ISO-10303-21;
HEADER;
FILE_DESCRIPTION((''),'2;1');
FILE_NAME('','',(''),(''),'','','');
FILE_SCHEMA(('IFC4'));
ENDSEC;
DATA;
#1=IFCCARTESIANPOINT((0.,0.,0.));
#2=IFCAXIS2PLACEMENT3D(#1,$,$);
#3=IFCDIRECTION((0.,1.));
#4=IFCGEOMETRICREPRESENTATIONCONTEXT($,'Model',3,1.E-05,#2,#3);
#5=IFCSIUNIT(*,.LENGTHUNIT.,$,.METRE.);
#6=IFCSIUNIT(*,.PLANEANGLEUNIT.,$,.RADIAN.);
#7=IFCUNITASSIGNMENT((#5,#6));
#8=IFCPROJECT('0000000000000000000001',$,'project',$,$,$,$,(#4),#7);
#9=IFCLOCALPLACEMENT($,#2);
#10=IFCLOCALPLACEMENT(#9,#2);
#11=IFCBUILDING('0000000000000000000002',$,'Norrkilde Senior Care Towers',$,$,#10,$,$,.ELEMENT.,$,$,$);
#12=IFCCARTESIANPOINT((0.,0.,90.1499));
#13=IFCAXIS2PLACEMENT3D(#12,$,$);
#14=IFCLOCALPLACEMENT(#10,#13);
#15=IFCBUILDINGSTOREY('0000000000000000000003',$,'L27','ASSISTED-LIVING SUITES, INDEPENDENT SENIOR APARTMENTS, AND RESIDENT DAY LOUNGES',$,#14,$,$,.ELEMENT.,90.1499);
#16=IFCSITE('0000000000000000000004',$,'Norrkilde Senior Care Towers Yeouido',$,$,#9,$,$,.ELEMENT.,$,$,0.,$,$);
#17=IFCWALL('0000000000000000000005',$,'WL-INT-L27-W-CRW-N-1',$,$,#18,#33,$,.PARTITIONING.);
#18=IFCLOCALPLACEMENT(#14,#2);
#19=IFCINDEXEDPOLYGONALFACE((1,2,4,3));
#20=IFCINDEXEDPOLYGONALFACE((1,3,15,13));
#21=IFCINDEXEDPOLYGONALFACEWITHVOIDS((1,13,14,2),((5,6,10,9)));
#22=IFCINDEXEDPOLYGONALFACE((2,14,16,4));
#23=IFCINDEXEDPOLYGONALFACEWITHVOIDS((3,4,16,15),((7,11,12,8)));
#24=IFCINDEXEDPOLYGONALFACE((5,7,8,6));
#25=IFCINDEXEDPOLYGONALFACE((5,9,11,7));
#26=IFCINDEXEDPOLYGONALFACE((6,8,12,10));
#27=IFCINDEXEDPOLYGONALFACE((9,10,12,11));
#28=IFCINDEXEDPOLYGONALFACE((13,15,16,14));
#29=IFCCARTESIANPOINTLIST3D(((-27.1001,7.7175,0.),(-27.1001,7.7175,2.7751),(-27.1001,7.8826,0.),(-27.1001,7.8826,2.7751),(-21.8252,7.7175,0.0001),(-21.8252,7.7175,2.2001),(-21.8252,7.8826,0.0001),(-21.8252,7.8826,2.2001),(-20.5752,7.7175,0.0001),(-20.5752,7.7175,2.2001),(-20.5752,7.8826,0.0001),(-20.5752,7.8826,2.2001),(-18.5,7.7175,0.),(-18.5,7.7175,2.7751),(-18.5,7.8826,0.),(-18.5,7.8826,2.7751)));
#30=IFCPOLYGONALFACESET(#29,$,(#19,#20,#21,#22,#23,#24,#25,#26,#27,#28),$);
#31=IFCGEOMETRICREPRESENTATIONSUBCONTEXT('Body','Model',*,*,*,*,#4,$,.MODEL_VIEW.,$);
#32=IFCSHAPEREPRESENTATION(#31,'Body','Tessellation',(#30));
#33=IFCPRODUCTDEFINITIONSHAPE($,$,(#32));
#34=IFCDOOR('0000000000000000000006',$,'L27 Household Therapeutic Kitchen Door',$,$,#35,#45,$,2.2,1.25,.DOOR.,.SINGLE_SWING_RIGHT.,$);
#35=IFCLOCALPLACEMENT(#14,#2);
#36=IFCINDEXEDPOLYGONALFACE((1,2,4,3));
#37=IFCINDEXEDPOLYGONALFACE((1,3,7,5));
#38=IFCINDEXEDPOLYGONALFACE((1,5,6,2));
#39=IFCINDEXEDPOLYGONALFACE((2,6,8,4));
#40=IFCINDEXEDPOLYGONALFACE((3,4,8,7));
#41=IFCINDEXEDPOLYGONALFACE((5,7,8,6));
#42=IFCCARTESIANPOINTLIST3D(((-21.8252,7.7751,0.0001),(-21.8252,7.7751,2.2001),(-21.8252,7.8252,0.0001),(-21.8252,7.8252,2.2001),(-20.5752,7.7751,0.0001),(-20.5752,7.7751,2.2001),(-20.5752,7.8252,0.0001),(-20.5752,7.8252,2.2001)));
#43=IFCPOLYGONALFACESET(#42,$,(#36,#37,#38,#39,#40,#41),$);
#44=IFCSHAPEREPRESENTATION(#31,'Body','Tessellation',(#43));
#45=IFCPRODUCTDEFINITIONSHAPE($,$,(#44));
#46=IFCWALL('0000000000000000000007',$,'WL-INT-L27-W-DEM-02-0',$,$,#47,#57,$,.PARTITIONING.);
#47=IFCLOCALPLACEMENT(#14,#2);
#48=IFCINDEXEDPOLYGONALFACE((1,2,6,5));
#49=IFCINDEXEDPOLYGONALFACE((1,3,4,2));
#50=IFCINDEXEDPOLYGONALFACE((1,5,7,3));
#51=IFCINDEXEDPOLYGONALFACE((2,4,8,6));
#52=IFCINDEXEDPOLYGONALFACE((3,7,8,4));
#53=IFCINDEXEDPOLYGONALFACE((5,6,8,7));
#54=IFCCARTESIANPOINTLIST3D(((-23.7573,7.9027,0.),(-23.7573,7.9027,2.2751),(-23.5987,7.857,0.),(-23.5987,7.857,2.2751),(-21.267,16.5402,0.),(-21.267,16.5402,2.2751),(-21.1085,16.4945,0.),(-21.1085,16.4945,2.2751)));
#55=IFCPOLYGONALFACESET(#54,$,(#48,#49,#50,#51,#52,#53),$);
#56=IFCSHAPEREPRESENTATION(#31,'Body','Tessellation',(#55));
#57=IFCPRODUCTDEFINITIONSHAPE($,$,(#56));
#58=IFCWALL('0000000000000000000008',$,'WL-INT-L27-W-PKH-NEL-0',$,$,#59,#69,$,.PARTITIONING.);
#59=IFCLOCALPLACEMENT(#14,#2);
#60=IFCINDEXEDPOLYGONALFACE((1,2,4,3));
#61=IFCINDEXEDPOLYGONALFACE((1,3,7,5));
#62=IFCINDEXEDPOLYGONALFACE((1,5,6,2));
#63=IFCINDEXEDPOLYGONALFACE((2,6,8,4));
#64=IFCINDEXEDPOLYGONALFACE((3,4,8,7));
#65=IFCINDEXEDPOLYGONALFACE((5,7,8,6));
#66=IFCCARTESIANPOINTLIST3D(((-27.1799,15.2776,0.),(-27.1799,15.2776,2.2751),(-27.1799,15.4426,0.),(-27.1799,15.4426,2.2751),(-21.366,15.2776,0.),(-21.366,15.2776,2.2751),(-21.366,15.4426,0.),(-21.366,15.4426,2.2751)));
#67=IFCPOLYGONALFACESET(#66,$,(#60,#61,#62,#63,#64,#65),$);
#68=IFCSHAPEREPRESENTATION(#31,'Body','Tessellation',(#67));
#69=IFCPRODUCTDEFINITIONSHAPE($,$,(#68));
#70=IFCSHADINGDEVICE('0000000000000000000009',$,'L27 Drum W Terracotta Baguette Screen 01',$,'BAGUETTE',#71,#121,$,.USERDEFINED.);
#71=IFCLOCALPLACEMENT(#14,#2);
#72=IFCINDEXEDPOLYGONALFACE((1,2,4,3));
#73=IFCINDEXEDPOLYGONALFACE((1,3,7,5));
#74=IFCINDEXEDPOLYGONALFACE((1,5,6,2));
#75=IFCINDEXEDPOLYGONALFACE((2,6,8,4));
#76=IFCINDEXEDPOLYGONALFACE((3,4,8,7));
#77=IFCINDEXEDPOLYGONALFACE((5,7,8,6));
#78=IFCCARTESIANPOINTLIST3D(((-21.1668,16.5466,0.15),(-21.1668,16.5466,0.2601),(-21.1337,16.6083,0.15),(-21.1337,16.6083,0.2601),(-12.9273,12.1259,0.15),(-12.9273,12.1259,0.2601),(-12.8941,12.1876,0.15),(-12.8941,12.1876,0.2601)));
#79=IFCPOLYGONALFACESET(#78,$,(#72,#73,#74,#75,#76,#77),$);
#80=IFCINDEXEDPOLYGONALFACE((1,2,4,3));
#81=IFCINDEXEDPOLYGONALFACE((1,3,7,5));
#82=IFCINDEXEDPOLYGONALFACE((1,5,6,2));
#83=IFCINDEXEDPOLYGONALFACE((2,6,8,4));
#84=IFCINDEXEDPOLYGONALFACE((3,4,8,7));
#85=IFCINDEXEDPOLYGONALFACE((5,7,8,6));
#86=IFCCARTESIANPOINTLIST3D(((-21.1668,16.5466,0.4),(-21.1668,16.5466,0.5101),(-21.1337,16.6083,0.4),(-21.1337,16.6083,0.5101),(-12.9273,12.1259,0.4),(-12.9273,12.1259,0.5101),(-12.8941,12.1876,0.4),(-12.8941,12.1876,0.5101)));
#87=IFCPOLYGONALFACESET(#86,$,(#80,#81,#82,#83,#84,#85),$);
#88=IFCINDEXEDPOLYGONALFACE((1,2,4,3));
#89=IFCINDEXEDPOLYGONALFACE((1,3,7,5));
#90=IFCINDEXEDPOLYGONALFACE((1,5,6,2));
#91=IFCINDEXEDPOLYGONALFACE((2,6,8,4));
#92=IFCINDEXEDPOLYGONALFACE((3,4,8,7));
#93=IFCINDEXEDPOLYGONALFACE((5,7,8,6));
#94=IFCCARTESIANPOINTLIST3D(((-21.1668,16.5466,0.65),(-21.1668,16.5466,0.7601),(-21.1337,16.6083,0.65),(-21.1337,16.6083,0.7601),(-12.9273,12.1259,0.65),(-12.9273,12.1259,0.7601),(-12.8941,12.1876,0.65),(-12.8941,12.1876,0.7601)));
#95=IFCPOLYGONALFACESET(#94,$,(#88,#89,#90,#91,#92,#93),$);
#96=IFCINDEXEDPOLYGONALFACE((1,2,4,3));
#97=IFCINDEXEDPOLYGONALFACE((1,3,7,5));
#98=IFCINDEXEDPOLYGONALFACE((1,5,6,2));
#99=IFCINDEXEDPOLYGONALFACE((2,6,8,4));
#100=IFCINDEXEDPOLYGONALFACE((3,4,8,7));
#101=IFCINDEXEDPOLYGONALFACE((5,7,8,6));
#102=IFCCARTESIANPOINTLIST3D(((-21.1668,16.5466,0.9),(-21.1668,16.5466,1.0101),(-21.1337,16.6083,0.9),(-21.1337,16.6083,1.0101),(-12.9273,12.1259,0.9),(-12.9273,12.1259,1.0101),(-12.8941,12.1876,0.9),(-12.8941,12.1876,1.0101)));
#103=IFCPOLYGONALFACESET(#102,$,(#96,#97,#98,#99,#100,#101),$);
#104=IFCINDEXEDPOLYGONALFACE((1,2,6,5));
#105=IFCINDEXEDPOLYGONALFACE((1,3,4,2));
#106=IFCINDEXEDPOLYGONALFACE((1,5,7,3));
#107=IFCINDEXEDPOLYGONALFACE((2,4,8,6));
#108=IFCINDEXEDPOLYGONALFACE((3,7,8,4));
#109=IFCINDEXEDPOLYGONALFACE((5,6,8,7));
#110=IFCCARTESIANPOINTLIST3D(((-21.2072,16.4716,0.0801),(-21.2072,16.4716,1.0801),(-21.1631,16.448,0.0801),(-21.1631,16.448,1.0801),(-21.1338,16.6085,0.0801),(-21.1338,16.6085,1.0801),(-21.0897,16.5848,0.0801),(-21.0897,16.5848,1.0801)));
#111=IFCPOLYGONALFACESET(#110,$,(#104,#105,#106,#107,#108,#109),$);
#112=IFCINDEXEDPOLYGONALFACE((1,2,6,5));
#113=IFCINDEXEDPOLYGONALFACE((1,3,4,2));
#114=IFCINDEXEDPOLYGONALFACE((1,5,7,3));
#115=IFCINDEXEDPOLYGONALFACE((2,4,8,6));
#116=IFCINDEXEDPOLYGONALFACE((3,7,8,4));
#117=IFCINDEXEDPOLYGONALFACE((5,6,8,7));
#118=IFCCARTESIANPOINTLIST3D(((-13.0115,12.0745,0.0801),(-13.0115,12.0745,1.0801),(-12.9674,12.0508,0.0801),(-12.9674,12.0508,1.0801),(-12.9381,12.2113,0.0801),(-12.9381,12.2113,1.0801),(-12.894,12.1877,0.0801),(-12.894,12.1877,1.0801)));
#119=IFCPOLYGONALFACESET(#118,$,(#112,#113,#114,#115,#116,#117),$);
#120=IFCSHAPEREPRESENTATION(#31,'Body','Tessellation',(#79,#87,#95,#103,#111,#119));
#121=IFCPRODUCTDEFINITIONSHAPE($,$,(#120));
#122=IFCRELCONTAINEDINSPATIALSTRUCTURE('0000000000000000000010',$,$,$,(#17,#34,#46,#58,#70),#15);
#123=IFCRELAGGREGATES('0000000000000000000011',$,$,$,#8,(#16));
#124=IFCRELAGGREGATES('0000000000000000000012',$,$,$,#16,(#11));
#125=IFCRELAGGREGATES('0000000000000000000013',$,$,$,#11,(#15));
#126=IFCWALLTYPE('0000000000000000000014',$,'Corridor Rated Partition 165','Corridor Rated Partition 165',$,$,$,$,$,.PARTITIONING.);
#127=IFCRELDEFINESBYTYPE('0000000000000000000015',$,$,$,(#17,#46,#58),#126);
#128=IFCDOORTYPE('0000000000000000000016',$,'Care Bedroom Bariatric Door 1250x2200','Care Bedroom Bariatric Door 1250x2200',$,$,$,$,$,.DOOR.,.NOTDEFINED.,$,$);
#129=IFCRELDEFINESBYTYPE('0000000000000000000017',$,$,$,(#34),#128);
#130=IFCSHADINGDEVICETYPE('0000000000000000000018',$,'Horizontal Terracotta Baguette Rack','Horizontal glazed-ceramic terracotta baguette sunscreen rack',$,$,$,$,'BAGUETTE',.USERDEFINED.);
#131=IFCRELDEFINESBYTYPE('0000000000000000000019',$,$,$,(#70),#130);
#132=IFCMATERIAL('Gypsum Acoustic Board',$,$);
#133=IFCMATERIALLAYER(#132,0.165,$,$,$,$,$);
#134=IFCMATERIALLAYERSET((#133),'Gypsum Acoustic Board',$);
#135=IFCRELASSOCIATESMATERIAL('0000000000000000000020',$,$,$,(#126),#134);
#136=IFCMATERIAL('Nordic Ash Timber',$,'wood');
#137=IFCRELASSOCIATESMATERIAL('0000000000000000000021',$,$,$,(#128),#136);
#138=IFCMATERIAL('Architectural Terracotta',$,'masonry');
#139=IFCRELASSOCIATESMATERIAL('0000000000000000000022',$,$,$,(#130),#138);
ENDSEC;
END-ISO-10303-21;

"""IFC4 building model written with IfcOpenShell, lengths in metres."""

from ifc_helpers import new_model, si_unit, direction, frame, frame_2d, origin, origin_2d, place, context, subcontext, project, spatial, rectangle, extrude, source, transform, mapped, material, layer, layer_set, type_object, type_shapes, element, fill, save


model = new_model("IFC4")

# Units and contexts
model_context = context("Model", 3, precision=1e-05, world=origin(), true_north=direction((0.0, 1.0)))
body_context = subcontext(model_context, "Body", "Model", "MODEL_VIEW")
ifc_project = project(units=[si_unit("LENGTHUNIT", "METRE"), si_unit("PLANEANGLEUNIT", "RADIAN")], contexts=[model_context])

# Site, building, storey
site_placement = place(None, origin())
site = spatial("IfcSite", under=ifc_project, at=site_placement, Name="Norrkilde Senior Care Towers Yeouido", CompositionType="ELEMENT", RefElevation=0.0)
building_placement = place(site_placement, origin())
building = spatial("IfcBuilding", under=site, at=building_placement, Name="Norrkilde Senior Care Towers", CompositionType="ELEMENT")
storey_placement = place(building_placement, frame((0.0, 0.0, 90.1499)))
storey = spatial("IfcBuildingStorey", under=building, at=storey_placement, Name="L27", Description="ASSISTED-LIVING SUITES, INDEPENDENT SENIOR APARTMENTS, AND RESIDENT DAY LOUNGES", CompositionType="ELEMENT", Elevation=90.1499)

# Shared definitions
ifc_material_1 = material(Name="Gypsum Acoustic Board")
ifc_layer_1 = layer(ifc_material_1, 0.165)
ifc_layer_set_1 = layer_set([ifc_layer_1], Name="Gypsum Acoustic Board")
wall_type = type_object("IfcWallType", Name="Corridor Rated Partition 165", Description="Corridor Rated Partition 165", PredefinedType="PARTITIONING", material=ifc_layer_set_1)
ifc_material_2 = material(Name="Nordic Ash Timber", Category="wood")

# Wall, opening, door
shared_shape_1 = source(origin(), body_context, "Body", "SweptSolid", [
    extrude(rectangle(XDim=8.6001, YDim=0.165, at=frame_2d((4.3, 0.0))), origin(), (0.0, 0.0, 1.0), 2.7751),
])
wall_1_placement = place(storey_placement, frame((-27.1001, 7.8, 0.0), z_axis=(0.0, 0.0, 1.0), x_axis=(1.0, 0.0, 0.0)))
wall_1 = element("IfcWall", 1, at=wall_1_placement, inside=storey, type_object=wall_type, Name="WL-INT-L27-W-CRW-N-1", PredefinedType="PARTITIONING", context=body_context, shape_type="MappedRepresentation", body=[
    mapped(shared_shape_1, transform((0.0, 0.0, 0.0), x_axis=(1.0, 0.0, 0.0), y_axis=(0.0, 1.0, 0.0), z_axis=(0.0, 0.0, 1.0), scale=1.0)),
])
opening_1_placement = place(wall_1_placement, frame((5.2749, 0.0, 0.0)))
opening_1 = element("IfcOpeningElement", 2, at=opening_1_placement, cuts=wall_1, PredefinedType="OPENING", context=body_context, shape_type="SweptSolid", body=[
    extrude(rectangle(XDim=1.25, YDim=2.2, at=frame_2d((0.625, 1.1001))), frame((0.0, 0.0925, 0.0), z_axis=(0.0, -1.0, 0.0), x_axis=(1.0, 0.0, 0.0)), (0.0, 0.0, 1.0), 0.1851),
])
door_type_1 = type_object("IfcDoorType", Name="Care Bedroom Bariatric Door 1250x2200", Description="Care Bedroom Bariatric Door 1250x2200", OperationType="NOTDEFINED", PredefinedType="DOOR", material=ifc_material_2)
shared_shape_2 = source(origin(), body_context, "Body", "SweptSolid", [
    extrude(rectangle(XDim=1.25, YDim=2.2, at=frame_2d((0.625, 1.1001))), frame((0.0, 0.0249, 0.0), z_axis=(0.0, -1.0, 0.0), x_axis=(1.0, 0.0, 0.0)), (0.0, 0.0, 1.0), 0.05),
])
type_shapes(door_type_1, [shared_shape_2])
door_1_placement = place(opening_1_placement, frame((1.25, 0.0, 0.0), z_axis=(0.0, 0.0, 1.0), x_axis=(-1.0, 0.0, 0.0)))
door_1 = element("IfcDoor", 3, at=door_1_placement, inside=storey, type_object=door_type_1, Name="L27 Household Therapeutic Kitchen Door", OperationType="SINGLE_SWING_RIGHT", OverallHeight=2.2, OverallWidth=1.25, PredefinedType="DOOR", context=body_context, shape_type="MappedRepresentation", body=[
    mapped(shared_shape_2, transform((0.0, 0.0, 0.0), x_axis=(1.0, 0.0, 0.0), y_axis=(0.0, 1.0, 0.0), z_axis=(0.0, 0.0, 1.0), scale=1.0)),
])
fill(opening_1, door_1)

# Walls
shared_shape_3 = source(origin(), body_context, "Body", "SweptSolid", [
    extrude(rectangle(XDim=8.9893, YDim=0.165, at=frame_2d((4.4946, 0.0))), origin(), (0.0, 0.0, 1.0), 2.2751),
])
wall_2_placement = place(storey_placement, frame((-23.678, 7.8799, 0.0), z_axis=(0.0, 0.0, 1.0), x_axis=(0.277023, 0.960863, 0.0)))
element("IfcWall", 4, at=wall_2_placement, inside=storey, type_object=wall_type, Name="WL-INT-L27-W-DEM-02-0", PredefinedType="PARTITIONING", context=body_context, shape_type="MappedRepresentation", body=[
    mapped(shared_shape_3, transform((0.0, 0.0, 0.0), x_axis=(1.0, 0.0, 0.0), y_axis=(0.0, 1.0, 0.0), z_axis=(0.0, 0.0, 1.0), scale=1.0)),
])
shared_shape_4 = source(origin(), body_context, "Body", "SweptSolid", [
    extrude(rectangle(XDim=5.814, YDim=0.165, at=frame_2d((2.907, 0.0))), origin(), (0.0, 0.0, 1.0), 2.2751),
])
wall_3_placement = place(storey_placement, frame((-27.1799, 15.3601, 0.0), z_axis=(0.0, 0.0, 1.0), x_axis=(1.0, 0.0, 0.0)))
element("IfcWall", 5, at=wall_3_placement, inside=storey, type_object=wall_type, Name="WL-INT-L27-W-PKH-NEL-0", PredefinedType="PARTITIONING", context=body_context, shape_type="MappedRepresentation", body=[
    mapped(shared_shape_4, transform((0.0, 0.0, 0.0), x_axis=(1.0, 0.0, 0.0), y_axis=(0.0, 1.0, 0.0), z_axis=(0.0, 0.0, 1.0), scale=1.0)),
])

# Shading device
ifc_material_3 = material(Name="Architectural Terracotta", Category="masonry")
shading_device_type = type_object("IfcShadingDeviceType", Name="Horizontal Terracotta Baguette Rack", Description="Horizontal glazed-ceramic terracotta baguette sunscreen rack", ElementType="BAGUETTE", PredefinedType="USERDEFINED", material=ifc_material_3)
shared_shape_5 = source(origin(), body_context, "Body", "SweptSolid", [
    extrude(rectangle(XDim=0.0701, YDim=0.1101, at=origin_2d()), frame((0.0, 0.0901, 0.125), z_axis=(1.0, 0.0, 0.0), x_axis=(0.0, 1.0, 0.0)), (0.0, 0.0, 1.0), 9.3506),
    extrude(rectangle(XDim=0.0701, YDim=0.1101, at=origin_2d()), frame((0.0, 0.0901, 0.375), z_axis=(1.0, 0.0, 0.0), x_axis=(0.0, 1.0, 0.0)), (0.0, 0.0, 1.0), 9.3506),
    extrude(rectangle(XDim=0.0701, YDim=0.1101, at=origin_2d()), frame((0.0, 0.0901, 0.625), z_axis=(1.0, 0.0, 0.0), x_axis=(0.0, 1.0, 0.0)), (0.0, 0.0, 1.0), 9.3506),
    extrude(rectangle(XDim=0.0701, YDim=0.1101, at=origin_2d()), frame((0.0, 0.0901, 0.875), z_axis=(1.0, 0.0, 0.0), x_axis=(0.0, 1.0, 0.0)), (0.0, 0.0, 1.0), 9.3506),
    extrude(rectangle(XDim=0.05, YDim=0.1553, at=origin_2d()), frame((0.0249, 0.0476, 0.0)), (0.0, 0.0, 1.0), 1.0),
    extrude(rectangle(XDim=0.05, YDim=0.1553, at=origin_2d()), frame((9.3257, 0.0476, 0.0)), (0.0, 0.0, 1.0), 1.0),
])
type_shapes(shading_device_type, [shared_shape_5])
shading_device_placement = place(storey_placement, frame((-21.1929, 16.498, 0.0801), z_axis=(0.0, 0.0, 1.0), x_axis=(0.881175, -0.472768, 0.0)))
element("IfcShadingDevice", 6, at=shading_device_placement, inside=storey, type_object=shading_device_type, Name="L27 Drum W Terracotta Baguette Screen 01", ObjectType="BAGUETTE", PredefinedType="USERDEFINED", context=body_context, shape_type="MappedRepresentation", body=[
    mapped(shared_shape_5, transform((0.0, 0.0, 0.0), x_axis=(1.0, 0.0, 0.0), y_axis=(0.0, 1.0, 0.0), z_axis=(0.0, 0.0, 1.0), scale=1.0)),
])

save(model, "model.ifc")
